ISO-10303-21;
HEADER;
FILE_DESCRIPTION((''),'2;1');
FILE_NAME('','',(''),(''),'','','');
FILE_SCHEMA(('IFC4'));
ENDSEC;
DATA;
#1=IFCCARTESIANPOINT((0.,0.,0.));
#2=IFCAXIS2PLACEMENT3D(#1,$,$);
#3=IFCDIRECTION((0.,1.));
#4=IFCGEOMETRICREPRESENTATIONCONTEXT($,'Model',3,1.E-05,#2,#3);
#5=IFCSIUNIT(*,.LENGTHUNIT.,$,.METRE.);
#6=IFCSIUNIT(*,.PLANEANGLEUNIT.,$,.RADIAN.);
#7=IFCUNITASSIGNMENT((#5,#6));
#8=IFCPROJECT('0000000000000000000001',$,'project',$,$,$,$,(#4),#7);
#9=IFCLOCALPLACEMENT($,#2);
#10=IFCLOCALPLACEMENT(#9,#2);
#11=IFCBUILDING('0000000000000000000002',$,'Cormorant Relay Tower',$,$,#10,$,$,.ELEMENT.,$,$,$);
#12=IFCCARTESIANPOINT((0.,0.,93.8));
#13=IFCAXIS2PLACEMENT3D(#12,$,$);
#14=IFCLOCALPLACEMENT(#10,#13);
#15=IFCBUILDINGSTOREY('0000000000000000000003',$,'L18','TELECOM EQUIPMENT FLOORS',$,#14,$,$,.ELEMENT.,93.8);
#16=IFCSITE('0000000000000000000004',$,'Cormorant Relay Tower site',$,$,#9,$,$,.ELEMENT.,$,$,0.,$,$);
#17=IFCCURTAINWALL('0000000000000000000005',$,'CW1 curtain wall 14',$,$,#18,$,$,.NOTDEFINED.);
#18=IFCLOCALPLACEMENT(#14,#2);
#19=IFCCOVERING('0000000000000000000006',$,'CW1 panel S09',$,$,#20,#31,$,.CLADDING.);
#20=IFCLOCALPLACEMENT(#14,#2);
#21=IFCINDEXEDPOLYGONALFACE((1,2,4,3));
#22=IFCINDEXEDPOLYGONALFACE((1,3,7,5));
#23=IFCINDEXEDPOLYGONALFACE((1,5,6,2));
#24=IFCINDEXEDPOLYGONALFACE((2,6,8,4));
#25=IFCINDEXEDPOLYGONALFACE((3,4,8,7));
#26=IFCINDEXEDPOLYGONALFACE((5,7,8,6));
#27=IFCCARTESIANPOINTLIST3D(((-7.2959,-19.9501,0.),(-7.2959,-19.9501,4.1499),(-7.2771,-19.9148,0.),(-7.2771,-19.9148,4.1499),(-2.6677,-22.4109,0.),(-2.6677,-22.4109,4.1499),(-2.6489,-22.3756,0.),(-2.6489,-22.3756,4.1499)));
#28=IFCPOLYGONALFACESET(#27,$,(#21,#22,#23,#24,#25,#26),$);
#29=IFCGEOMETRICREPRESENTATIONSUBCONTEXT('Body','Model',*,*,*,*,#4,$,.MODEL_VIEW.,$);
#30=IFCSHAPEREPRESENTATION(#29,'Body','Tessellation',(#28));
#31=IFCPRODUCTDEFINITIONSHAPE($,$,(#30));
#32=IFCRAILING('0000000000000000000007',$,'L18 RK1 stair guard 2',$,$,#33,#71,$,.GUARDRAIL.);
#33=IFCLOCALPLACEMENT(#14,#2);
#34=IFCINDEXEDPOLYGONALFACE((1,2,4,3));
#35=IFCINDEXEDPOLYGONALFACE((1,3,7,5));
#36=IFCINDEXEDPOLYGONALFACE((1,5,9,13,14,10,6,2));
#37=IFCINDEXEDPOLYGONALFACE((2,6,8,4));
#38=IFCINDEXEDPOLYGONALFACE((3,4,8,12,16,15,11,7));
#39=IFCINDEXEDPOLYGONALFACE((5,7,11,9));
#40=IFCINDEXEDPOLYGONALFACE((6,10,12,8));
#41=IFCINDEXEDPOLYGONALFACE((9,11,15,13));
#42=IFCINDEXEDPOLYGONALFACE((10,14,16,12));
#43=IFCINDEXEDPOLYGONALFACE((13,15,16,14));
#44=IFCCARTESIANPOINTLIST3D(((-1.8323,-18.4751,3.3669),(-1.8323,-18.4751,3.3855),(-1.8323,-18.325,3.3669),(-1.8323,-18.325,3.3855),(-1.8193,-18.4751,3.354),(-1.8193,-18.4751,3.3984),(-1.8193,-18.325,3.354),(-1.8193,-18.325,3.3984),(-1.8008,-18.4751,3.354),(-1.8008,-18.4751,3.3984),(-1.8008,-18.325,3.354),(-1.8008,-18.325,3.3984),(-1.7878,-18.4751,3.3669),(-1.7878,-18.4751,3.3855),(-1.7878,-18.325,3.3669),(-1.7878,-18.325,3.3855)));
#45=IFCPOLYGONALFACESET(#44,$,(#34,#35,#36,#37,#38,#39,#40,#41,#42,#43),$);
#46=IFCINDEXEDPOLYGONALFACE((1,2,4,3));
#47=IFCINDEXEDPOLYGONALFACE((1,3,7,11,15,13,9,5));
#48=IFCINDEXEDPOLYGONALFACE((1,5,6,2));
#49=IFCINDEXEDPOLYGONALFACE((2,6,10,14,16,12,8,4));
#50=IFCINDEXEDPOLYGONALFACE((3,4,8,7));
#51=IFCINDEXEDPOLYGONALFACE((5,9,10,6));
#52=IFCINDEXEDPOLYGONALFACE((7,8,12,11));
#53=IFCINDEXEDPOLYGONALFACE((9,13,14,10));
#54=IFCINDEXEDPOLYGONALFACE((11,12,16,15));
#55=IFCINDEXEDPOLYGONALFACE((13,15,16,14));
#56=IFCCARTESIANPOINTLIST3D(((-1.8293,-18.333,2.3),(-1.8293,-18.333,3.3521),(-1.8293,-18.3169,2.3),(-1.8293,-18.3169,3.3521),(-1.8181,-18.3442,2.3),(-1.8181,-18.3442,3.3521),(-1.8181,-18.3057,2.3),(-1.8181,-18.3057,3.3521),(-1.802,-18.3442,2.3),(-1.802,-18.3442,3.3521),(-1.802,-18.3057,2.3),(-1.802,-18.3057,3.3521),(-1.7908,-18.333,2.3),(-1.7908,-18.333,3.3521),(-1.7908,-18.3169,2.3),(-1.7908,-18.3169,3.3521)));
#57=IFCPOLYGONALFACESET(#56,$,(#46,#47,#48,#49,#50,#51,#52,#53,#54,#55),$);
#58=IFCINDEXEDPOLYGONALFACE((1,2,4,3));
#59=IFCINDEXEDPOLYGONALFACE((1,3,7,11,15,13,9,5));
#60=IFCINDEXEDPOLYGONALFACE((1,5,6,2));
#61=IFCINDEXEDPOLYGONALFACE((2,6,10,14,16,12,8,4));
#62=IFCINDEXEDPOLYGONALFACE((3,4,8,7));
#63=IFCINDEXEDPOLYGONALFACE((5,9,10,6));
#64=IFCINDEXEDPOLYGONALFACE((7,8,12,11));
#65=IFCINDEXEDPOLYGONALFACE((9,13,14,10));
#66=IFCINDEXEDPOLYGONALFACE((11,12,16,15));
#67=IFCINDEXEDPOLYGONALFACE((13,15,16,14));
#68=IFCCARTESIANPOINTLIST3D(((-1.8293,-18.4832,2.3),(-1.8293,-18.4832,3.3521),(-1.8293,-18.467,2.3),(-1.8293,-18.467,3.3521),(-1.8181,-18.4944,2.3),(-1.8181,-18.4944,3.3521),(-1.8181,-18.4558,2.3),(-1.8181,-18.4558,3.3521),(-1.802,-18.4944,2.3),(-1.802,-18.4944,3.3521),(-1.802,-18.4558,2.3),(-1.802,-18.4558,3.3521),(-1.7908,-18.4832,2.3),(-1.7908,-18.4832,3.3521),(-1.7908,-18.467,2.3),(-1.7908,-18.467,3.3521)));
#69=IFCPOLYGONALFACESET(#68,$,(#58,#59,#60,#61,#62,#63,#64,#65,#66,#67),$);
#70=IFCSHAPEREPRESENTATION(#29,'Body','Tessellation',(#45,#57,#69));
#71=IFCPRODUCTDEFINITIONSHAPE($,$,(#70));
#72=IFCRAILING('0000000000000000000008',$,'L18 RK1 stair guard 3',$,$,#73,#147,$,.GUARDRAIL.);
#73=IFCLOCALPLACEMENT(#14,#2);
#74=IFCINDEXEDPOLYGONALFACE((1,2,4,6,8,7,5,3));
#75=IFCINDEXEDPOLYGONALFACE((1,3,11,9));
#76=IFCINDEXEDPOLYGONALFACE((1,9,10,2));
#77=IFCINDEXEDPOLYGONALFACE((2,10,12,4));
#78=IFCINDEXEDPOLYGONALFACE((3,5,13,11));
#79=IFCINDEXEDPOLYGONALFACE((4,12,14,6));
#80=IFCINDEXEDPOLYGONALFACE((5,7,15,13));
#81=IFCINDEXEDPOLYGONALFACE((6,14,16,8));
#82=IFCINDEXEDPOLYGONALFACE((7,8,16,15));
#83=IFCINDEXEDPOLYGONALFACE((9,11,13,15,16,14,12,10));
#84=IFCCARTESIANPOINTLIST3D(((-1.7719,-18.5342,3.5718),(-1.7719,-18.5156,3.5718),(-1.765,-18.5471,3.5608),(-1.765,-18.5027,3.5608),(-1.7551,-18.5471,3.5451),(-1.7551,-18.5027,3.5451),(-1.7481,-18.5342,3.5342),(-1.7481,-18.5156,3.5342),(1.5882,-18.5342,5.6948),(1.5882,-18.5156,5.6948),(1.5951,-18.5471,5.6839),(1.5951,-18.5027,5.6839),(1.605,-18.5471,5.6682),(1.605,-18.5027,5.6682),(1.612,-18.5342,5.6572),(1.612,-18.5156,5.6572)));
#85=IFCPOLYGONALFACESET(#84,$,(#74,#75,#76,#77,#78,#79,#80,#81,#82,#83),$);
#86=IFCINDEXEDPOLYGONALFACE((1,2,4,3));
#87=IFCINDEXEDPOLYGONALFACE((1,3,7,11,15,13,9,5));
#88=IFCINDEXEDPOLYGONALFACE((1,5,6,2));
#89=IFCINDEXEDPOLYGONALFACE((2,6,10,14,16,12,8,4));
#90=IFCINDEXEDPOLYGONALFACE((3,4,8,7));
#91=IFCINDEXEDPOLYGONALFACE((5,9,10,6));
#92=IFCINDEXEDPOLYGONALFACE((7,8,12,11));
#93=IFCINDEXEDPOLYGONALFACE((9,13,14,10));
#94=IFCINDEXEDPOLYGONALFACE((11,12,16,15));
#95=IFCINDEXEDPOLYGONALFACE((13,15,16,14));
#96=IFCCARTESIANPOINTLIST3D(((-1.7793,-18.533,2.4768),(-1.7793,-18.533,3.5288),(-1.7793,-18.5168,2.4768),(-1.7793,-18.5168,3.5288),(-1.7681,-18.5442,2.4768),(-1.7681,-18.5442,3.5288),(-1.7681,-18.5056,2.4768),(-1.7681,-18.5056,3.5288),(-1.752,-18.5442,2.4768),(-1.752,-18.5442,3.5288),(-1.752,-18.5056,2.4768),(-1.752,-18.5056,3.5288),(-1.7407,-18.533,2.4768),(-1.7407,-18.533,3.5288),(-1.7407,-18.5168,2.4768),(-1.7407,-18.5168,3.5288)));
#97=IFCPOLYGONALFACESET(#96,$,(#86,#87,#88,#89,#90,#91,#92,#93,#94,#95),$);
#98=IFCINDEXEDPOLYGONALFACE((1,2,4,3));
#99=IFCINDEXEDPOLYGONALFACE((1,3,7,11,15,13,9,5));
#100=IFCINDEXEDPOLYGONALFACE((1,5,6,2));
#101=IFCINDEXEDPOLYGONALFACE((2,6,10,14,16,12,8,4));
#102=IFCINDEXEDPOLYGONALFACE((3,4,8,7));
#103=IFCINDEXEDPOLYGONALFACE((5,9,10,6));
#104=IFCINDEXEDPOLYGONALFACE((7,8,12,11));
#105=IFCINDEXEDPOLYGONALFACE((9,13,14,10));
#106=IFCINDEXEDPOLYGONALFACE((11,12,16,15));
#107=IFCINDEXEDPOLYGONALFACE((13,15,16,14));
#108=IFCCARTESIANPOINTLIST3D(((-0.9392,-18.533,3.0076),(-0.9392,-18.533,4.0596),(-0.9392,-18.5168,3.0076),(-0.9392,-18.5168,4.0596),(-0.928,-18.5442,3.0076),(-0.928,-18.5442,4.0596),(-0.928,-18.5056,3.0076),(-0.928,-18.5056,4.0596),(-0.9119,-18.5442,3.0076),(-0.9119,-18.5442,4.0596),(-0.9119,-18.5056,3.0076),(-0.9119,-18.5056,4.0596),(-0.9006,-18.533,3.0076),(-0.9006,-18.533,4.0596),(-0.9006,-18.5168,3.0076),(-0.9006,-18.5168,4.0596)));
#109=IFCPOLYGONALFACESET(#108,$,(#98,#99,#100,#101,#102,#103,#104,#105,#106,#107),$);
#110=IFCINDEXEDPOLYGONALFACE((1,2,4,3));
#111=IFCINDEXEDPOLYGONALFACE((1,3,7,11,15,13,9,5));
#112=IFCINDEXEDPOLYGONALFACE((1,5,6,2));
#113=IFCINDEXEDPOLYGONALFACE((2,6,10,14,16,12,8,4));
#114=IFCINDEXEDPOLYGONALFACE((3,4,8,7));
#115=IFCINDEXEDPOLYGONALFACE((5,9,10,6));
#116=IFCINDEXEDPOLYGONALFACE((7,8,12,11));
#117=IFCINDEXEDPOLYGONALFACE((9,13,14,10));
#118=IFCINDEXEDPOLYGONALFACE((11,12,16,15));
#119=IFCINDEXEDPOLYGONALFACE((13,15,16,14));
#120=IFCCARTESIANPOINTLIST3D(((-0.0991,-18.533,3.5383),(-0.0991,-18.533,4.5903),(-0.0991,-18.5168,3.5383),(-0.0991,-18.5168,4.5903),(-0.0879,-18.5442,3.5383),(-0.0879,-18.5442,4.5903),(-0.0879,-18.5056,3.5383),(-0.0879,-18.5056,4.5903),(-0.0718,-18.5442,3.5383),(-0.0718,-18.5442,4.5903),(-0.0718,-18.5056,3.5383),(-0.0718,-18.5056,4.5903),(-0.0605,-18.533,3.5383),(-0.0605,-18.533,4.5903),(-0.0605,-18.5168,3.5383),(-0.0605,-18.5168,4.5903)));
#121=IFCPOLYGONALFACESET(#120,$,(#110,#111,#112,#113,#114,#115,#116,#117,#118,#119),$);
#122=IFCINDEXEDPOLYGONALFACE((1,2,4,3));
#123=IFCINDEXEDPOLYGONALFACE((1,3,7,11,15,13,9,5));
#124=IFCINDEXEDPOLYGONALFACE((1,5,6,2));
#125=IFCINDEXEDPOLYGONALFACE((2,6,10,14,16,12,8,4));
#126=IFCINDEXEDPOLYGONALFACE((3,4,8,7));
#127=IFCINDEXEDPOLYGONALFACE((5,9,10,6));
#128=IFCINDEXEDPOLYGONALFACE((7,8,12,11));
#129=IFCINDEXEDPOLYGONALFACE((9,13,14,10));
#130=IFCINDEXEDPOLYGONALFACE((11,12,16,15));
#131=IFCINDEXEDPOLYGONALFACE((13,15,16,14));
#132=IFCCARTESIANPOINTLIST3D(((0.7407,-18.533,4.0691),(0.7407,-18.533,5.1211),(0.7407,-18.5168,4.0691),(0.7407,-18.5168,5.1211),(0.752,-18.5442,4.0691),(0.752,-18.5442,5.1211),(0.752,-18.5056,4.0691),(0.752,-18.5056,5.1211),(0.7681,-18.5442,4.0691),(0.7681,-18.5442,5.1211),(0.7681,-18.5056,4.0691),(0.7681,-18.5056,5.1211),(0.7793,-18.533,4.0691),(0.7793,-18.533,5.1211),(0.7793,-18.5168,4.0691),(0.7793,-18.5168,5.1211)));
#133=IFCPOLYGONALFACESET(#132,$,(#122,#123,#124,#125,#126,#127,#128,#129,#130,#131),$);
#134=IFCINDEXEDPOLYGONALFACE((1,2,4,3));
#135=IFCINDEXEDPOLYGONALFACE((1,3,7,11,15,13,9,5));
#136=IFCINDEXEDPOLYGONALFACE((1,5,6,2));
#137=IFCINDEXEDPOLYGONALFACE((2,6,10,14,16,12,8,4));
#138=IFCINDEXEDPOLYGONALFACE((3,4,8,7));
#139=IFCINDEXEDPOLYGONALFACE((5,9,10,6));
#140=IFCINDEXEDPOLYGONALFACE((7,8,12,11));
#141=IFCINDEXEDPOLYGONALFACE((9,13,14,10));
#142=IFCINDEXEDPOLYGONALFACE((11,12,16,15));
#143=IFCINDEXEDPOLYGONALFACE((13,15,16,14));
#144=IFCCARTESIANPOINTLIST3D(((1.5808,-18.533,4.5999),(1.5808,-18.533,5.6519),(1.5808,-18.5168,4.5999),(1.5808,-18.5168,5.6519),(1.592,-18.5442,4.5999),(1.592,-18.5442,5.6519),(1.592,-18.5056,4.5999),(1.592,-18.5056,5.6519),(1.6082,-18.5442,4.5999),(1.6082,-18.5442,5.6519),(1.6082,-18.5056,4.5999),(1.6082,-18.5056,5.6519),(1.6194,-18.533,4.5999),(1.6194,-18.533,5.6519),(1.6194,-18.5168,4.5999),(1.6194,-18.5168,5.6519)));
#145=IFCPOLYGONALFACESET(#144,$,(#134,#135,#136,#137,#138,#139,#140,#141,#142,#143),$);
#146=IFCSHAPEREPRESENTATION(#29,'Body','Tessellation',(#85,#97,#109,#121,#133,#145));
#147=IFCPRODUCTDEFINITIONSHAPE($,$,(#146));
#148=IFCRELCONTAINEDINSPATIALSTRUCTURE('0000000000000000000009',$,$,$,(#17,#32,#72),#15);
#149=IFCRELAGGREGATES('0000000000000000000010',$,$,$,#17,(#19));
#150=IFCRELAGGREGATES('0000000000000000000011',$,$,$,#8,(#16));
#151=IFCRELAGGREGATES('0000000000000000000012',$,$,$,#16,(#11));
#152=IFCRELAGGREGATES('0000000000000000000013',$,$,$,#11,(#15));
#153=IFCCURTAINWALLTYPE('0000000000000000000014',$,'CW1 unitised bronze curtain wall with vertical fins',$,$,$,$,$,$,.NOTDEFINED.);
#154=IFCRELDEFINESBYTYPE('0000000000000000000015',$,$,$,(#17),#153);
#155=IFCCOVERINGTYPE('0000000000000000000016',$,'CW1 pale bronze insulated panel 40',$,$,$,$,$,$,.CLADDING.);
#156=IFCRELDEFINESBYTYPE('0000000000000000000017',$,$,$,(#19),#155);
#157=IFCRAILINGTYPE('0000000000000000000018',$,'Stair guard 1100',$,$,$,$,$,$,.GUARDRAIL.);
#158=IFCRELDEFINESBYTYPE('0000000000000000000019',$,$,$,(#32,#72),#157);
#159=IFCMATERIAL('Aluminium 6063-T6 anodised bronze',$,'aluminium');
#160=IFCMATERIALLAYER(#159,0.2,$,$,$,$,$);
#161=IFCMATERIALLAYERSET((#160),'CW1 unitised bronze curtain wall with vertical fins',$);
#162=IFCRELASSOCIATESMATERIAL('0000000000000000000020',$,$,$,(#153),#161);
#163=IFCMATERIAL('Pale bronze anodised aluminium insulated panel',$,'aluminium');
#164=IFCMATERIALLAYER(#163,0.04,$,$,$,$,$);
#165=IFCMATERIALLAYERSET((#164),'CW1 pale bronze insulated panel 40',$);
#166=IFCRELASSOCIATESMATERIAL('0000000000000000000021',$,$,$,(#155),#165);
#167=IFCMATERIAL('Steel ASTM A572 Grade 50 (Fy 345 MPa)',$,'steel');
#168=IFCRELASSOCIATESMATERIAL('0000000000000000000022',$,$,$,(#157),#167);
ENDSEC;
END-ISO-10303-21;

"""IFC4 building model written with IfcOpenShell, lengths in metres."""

from ifc_helpers import new_model, si_unit, direction, frame, origin, origin_2d, place, context, subcontext, project, spatial, polyline, rectangle, outline, extrude, material, layer, layer_set, type_object, element, aggregate, save


model = new_model("IFC4")

# Units and contexts
model_context = context("Model", 3, precision=1e-05, world=origin(), true_north=direction((0.0, 1.0)))
body_context = subcontext(model_context, "Body", "Model", "MODEL_VIEW")
ifc_project = project(units=[si_unit("LENGTHUNIT", "METRE"), si_unit("PLANEANGLEUNIT", "RADIAN")], contexts=[model_context])

# Site, building, storey
site_placement = place(None, origin())
site = spatial("IfcSite", under=ifc_project, at=site_placement, Name="Cormorant Relay Tower site", CompositionType="ELEMENT", RefElevation=0.0)
building_placement = place(site_placement, origin())
building = spatial("IfcBuilding", under=site, at=building_placement, Name="Cormorant Relay Tower", CompositionType="ELEMENT")
storey_placement = place(building_placement, frame((0.0, 0.0, 93.8)))
storey = spatial("IfcBuildingStorey", under=building, at=storey_placement, Name="L18", Description="TELECOM EQUIPMENT FLOORS", CompositionType="ELEMENT", Elevation=93.8)

# Shared definitions
ifc_material_1 = material(Name="Aluminium 6063-T6 anodised bronze", Category="aluminium")
ifc_layer_1 = layer(ifc_material_1, 0.2)
ifc_layer_set_1 = layer_set([ifc_layer_1], Name="CW1 unitised bronze curtain wall with vertical fins")
curtain_wall_type = type_object("IfcCurtainWallType", Name="CW1 unitised bronze curtain wall with vertical fins", PredefinedType="NOTDEFINED", material=ifc_layer_set_1)

# Curtain wall
curtain_wall_1_placement = place(storey_placement, origin())
curtain_wall_1 = element("IfcCurtainWall", 1, at=curtain_wall_1_placement, inside=storey, type_object=curtain_wall_type, Name="CW1 curtain wall 14", PredefinedType="NOTDEFINED")

# Covering
ifc_material_2 = material(Name="Pale bronze anodised aluminium insulated panel", Category="aluminium")
ifc_layer_2 = layer(ifc_material_2, 0.04)
ifc_layer_set_2 = layer_set([ifc_layer_2], Name="CW1 pale bronze insulated panel 40")
covering_type = type_object("IfcCoveringType", Name="CW1 pale bronze insulated panel 40", PredefinedType="CLADDING", material=ifc_layer_set_2)
covering_1_placement = place(storey_placement, frame((-4.9724, -21.1628, 0.0), z_axis=(0.0, 0.0, 1.0), x_axis=(0.882948, -0.469472, 0.0)))
covering_1 = element("IfcCovering", 2, at=covering_1_placement, type_object=covering_type, Name="CW1 panel S09", PredefinedType="CLADDING", context=body_context, shape_type="SweptSolid", body=[
    extrude(rectangle(XDim=5.2417, YDim=0.04, at=origin_2d()), origin(), (0.0, 0.0, 1.0), 4.1499),
])
aggregate(curtain_wall_1, [covering_1])

# Railings
ifc_material_3 = material(Name="Steel ASTM A572 Grade 50 (Fy 345 MPa)", Category="steel")
railing_type_1 = type_object("IfcRailingType", Name="Stair guard 1100", PredefinedType="GUARDRAIL", material=ifc_material_3)
railing_1_placement = place(storey_placement, frame((-1.8101, -18.325, 2.3)))
element("IfcRailing", 3, at=railing_1_placement, inside=storey, type_object=railing_type_1, Name="L18 RK1 stair guard 2", PredefinedType="GUARDRAIL", context=body_context, shape_type="SweptSolid", body=[
    extrude(outline(polyline([(0.0222, 0.0093), (0.0093, 0.0222), (-0.0093, 0.0222), (-0.0222, 0.0093), (-0.0222, -0.0093), (-0.0093, -0.0222), (0.0093, -0.0222), (0.0222, -0.0093), (0.0222, 0.0093)])), frame((0.0, 0.0, 1.0762), z_axis=(0.0, -1.0, 0.0), x_axis=(1.0, 0.0, 0.0)), (0.0, 0.0, 1.0), 0.1501),
    extrude(outline(polyline([(0.0193, 0.0081), (0.0081, 0.0193), (-0.0081, 0.0193), (-0.0193, 0.0081), (-0.0193, -0.0081), (-0.0081, -0.0193), (0.0081, -0.0193), (0.0193, -0.0081), (0.0193, 0.0081)])), origin(), (0.0, 0.0, 1.0), 1.052),
    extrude(outline(polyline([(0.0193, 0.0081), (0.0081, 0.0193), (-0.0081, 0.0193), (-0.0193, 0.0081), (-0.0193, -0.0081), (-0.0081, -0.0193), (0.0081, -0.0193), (0.0193, -0.0081), (0.0193, 0.0081)])), frame((0.0, -0.1501, 0.0)), (0.0, 0.0, 1.0), 1.052),
])
railing_2_placement = place(storey_placement, frame((-1.76, -18.5249, 2.4768)))
element("IfcRailing", 4, at=railing_2_placement, inside=storey, type_object=railing_type_1, Name="L18 RK1 stair guard 3", PredefinedType="GUARDRAIL", context=body_context, shape_type="SweptSolid", body=[
    extrude(outline(polyline([(0.0222, 0.0093), (0.0093, 0.0222), (-0.0093, 0.0222), (-0.0222, 0.0093), (-0.0222, -0.0093), (-0.0093, -0.0222), (0.0093, -0.0222), (0.0222, -0.0093), (0.0222, 0.0093)])), frame((0.0, 0.0, 1.0762), z_axis=(0.84539, 0.0, 0.53415), x_axis=(0.0, 1.0, 0.0)), (0.0, 0.0, 1.0), 3.9746),
    extrude(outline(polyline([(0.0193, 0.0081), (0.0081, 0.0193), (-0.0081, 0.0193), (-0.0193, 0.0081), (-0.0193, -0.0081), (-0.0081, -0.0193), (0.0081, -0.0193), (0.0193, -0.0081), (0.0193, 0.0081)])), origin(), (0.0, 0.0, 1.0), 1.052),
    extrude(outline(polyline([(0.0193, 0.0081), (0.0081, 0.0193), (-0.0081, 0.0193), (-0.0193, 0.0081), (-0.0193, -0.0081), (-0.0081, -0.0193), (0.0081, -0.0193), (0.0193, -0.0081), (0.0193, 0.0081)])), frame((0.8401, 0.0, 0.5308)), (0.0, 0.0, 1.0), 1.052),
    extrude(outline(polyline([(0.0193, 0.0081), (0.0081, 0.0193), (-0.0081, 0.0193), (-0.0193, 0.0081), (-0.0193, -0.0081), (-0.0081, -0.0193), (0.0081, -0.0193), (0.0193, -0.0081), (0.0193, 0.0081)])), frame((1.6802, 0.0, 1.0615)), (0.0, 0.0, 1.0), 1.052),
    extrude(outline(polyline([(0.0193, 0.0081), (0.0081, 0.0193), (-0.0081, 0.0193), (-0.0193, 0.0081), (-0.0193, -0.0081), (-0.0081, -0.0193), (0.0081, -0.0193), (0.0193, -0.0081), (0.0193, 0.0081)])), frame((2.52, 0.0, 1.5923)), (0.0, 0.0, 1.0), 1.052),
    extrude(outline(polyline([(0.0193, 0.0081), (0.0081, 0.0193), (-0.0081, 0.0193), (-0.0193, 0.0081), (-0.0193, -0.0081), (-0.0081, -0.0193), (0.0081, -0.0193), (0.0193, -0.0081), (0.0193, 0.0081)])), frame((3.3601, 0.0, 2.123)), (0.0, 0.0, 1.0), 1.052),
])

save(model, "model.ifc")
